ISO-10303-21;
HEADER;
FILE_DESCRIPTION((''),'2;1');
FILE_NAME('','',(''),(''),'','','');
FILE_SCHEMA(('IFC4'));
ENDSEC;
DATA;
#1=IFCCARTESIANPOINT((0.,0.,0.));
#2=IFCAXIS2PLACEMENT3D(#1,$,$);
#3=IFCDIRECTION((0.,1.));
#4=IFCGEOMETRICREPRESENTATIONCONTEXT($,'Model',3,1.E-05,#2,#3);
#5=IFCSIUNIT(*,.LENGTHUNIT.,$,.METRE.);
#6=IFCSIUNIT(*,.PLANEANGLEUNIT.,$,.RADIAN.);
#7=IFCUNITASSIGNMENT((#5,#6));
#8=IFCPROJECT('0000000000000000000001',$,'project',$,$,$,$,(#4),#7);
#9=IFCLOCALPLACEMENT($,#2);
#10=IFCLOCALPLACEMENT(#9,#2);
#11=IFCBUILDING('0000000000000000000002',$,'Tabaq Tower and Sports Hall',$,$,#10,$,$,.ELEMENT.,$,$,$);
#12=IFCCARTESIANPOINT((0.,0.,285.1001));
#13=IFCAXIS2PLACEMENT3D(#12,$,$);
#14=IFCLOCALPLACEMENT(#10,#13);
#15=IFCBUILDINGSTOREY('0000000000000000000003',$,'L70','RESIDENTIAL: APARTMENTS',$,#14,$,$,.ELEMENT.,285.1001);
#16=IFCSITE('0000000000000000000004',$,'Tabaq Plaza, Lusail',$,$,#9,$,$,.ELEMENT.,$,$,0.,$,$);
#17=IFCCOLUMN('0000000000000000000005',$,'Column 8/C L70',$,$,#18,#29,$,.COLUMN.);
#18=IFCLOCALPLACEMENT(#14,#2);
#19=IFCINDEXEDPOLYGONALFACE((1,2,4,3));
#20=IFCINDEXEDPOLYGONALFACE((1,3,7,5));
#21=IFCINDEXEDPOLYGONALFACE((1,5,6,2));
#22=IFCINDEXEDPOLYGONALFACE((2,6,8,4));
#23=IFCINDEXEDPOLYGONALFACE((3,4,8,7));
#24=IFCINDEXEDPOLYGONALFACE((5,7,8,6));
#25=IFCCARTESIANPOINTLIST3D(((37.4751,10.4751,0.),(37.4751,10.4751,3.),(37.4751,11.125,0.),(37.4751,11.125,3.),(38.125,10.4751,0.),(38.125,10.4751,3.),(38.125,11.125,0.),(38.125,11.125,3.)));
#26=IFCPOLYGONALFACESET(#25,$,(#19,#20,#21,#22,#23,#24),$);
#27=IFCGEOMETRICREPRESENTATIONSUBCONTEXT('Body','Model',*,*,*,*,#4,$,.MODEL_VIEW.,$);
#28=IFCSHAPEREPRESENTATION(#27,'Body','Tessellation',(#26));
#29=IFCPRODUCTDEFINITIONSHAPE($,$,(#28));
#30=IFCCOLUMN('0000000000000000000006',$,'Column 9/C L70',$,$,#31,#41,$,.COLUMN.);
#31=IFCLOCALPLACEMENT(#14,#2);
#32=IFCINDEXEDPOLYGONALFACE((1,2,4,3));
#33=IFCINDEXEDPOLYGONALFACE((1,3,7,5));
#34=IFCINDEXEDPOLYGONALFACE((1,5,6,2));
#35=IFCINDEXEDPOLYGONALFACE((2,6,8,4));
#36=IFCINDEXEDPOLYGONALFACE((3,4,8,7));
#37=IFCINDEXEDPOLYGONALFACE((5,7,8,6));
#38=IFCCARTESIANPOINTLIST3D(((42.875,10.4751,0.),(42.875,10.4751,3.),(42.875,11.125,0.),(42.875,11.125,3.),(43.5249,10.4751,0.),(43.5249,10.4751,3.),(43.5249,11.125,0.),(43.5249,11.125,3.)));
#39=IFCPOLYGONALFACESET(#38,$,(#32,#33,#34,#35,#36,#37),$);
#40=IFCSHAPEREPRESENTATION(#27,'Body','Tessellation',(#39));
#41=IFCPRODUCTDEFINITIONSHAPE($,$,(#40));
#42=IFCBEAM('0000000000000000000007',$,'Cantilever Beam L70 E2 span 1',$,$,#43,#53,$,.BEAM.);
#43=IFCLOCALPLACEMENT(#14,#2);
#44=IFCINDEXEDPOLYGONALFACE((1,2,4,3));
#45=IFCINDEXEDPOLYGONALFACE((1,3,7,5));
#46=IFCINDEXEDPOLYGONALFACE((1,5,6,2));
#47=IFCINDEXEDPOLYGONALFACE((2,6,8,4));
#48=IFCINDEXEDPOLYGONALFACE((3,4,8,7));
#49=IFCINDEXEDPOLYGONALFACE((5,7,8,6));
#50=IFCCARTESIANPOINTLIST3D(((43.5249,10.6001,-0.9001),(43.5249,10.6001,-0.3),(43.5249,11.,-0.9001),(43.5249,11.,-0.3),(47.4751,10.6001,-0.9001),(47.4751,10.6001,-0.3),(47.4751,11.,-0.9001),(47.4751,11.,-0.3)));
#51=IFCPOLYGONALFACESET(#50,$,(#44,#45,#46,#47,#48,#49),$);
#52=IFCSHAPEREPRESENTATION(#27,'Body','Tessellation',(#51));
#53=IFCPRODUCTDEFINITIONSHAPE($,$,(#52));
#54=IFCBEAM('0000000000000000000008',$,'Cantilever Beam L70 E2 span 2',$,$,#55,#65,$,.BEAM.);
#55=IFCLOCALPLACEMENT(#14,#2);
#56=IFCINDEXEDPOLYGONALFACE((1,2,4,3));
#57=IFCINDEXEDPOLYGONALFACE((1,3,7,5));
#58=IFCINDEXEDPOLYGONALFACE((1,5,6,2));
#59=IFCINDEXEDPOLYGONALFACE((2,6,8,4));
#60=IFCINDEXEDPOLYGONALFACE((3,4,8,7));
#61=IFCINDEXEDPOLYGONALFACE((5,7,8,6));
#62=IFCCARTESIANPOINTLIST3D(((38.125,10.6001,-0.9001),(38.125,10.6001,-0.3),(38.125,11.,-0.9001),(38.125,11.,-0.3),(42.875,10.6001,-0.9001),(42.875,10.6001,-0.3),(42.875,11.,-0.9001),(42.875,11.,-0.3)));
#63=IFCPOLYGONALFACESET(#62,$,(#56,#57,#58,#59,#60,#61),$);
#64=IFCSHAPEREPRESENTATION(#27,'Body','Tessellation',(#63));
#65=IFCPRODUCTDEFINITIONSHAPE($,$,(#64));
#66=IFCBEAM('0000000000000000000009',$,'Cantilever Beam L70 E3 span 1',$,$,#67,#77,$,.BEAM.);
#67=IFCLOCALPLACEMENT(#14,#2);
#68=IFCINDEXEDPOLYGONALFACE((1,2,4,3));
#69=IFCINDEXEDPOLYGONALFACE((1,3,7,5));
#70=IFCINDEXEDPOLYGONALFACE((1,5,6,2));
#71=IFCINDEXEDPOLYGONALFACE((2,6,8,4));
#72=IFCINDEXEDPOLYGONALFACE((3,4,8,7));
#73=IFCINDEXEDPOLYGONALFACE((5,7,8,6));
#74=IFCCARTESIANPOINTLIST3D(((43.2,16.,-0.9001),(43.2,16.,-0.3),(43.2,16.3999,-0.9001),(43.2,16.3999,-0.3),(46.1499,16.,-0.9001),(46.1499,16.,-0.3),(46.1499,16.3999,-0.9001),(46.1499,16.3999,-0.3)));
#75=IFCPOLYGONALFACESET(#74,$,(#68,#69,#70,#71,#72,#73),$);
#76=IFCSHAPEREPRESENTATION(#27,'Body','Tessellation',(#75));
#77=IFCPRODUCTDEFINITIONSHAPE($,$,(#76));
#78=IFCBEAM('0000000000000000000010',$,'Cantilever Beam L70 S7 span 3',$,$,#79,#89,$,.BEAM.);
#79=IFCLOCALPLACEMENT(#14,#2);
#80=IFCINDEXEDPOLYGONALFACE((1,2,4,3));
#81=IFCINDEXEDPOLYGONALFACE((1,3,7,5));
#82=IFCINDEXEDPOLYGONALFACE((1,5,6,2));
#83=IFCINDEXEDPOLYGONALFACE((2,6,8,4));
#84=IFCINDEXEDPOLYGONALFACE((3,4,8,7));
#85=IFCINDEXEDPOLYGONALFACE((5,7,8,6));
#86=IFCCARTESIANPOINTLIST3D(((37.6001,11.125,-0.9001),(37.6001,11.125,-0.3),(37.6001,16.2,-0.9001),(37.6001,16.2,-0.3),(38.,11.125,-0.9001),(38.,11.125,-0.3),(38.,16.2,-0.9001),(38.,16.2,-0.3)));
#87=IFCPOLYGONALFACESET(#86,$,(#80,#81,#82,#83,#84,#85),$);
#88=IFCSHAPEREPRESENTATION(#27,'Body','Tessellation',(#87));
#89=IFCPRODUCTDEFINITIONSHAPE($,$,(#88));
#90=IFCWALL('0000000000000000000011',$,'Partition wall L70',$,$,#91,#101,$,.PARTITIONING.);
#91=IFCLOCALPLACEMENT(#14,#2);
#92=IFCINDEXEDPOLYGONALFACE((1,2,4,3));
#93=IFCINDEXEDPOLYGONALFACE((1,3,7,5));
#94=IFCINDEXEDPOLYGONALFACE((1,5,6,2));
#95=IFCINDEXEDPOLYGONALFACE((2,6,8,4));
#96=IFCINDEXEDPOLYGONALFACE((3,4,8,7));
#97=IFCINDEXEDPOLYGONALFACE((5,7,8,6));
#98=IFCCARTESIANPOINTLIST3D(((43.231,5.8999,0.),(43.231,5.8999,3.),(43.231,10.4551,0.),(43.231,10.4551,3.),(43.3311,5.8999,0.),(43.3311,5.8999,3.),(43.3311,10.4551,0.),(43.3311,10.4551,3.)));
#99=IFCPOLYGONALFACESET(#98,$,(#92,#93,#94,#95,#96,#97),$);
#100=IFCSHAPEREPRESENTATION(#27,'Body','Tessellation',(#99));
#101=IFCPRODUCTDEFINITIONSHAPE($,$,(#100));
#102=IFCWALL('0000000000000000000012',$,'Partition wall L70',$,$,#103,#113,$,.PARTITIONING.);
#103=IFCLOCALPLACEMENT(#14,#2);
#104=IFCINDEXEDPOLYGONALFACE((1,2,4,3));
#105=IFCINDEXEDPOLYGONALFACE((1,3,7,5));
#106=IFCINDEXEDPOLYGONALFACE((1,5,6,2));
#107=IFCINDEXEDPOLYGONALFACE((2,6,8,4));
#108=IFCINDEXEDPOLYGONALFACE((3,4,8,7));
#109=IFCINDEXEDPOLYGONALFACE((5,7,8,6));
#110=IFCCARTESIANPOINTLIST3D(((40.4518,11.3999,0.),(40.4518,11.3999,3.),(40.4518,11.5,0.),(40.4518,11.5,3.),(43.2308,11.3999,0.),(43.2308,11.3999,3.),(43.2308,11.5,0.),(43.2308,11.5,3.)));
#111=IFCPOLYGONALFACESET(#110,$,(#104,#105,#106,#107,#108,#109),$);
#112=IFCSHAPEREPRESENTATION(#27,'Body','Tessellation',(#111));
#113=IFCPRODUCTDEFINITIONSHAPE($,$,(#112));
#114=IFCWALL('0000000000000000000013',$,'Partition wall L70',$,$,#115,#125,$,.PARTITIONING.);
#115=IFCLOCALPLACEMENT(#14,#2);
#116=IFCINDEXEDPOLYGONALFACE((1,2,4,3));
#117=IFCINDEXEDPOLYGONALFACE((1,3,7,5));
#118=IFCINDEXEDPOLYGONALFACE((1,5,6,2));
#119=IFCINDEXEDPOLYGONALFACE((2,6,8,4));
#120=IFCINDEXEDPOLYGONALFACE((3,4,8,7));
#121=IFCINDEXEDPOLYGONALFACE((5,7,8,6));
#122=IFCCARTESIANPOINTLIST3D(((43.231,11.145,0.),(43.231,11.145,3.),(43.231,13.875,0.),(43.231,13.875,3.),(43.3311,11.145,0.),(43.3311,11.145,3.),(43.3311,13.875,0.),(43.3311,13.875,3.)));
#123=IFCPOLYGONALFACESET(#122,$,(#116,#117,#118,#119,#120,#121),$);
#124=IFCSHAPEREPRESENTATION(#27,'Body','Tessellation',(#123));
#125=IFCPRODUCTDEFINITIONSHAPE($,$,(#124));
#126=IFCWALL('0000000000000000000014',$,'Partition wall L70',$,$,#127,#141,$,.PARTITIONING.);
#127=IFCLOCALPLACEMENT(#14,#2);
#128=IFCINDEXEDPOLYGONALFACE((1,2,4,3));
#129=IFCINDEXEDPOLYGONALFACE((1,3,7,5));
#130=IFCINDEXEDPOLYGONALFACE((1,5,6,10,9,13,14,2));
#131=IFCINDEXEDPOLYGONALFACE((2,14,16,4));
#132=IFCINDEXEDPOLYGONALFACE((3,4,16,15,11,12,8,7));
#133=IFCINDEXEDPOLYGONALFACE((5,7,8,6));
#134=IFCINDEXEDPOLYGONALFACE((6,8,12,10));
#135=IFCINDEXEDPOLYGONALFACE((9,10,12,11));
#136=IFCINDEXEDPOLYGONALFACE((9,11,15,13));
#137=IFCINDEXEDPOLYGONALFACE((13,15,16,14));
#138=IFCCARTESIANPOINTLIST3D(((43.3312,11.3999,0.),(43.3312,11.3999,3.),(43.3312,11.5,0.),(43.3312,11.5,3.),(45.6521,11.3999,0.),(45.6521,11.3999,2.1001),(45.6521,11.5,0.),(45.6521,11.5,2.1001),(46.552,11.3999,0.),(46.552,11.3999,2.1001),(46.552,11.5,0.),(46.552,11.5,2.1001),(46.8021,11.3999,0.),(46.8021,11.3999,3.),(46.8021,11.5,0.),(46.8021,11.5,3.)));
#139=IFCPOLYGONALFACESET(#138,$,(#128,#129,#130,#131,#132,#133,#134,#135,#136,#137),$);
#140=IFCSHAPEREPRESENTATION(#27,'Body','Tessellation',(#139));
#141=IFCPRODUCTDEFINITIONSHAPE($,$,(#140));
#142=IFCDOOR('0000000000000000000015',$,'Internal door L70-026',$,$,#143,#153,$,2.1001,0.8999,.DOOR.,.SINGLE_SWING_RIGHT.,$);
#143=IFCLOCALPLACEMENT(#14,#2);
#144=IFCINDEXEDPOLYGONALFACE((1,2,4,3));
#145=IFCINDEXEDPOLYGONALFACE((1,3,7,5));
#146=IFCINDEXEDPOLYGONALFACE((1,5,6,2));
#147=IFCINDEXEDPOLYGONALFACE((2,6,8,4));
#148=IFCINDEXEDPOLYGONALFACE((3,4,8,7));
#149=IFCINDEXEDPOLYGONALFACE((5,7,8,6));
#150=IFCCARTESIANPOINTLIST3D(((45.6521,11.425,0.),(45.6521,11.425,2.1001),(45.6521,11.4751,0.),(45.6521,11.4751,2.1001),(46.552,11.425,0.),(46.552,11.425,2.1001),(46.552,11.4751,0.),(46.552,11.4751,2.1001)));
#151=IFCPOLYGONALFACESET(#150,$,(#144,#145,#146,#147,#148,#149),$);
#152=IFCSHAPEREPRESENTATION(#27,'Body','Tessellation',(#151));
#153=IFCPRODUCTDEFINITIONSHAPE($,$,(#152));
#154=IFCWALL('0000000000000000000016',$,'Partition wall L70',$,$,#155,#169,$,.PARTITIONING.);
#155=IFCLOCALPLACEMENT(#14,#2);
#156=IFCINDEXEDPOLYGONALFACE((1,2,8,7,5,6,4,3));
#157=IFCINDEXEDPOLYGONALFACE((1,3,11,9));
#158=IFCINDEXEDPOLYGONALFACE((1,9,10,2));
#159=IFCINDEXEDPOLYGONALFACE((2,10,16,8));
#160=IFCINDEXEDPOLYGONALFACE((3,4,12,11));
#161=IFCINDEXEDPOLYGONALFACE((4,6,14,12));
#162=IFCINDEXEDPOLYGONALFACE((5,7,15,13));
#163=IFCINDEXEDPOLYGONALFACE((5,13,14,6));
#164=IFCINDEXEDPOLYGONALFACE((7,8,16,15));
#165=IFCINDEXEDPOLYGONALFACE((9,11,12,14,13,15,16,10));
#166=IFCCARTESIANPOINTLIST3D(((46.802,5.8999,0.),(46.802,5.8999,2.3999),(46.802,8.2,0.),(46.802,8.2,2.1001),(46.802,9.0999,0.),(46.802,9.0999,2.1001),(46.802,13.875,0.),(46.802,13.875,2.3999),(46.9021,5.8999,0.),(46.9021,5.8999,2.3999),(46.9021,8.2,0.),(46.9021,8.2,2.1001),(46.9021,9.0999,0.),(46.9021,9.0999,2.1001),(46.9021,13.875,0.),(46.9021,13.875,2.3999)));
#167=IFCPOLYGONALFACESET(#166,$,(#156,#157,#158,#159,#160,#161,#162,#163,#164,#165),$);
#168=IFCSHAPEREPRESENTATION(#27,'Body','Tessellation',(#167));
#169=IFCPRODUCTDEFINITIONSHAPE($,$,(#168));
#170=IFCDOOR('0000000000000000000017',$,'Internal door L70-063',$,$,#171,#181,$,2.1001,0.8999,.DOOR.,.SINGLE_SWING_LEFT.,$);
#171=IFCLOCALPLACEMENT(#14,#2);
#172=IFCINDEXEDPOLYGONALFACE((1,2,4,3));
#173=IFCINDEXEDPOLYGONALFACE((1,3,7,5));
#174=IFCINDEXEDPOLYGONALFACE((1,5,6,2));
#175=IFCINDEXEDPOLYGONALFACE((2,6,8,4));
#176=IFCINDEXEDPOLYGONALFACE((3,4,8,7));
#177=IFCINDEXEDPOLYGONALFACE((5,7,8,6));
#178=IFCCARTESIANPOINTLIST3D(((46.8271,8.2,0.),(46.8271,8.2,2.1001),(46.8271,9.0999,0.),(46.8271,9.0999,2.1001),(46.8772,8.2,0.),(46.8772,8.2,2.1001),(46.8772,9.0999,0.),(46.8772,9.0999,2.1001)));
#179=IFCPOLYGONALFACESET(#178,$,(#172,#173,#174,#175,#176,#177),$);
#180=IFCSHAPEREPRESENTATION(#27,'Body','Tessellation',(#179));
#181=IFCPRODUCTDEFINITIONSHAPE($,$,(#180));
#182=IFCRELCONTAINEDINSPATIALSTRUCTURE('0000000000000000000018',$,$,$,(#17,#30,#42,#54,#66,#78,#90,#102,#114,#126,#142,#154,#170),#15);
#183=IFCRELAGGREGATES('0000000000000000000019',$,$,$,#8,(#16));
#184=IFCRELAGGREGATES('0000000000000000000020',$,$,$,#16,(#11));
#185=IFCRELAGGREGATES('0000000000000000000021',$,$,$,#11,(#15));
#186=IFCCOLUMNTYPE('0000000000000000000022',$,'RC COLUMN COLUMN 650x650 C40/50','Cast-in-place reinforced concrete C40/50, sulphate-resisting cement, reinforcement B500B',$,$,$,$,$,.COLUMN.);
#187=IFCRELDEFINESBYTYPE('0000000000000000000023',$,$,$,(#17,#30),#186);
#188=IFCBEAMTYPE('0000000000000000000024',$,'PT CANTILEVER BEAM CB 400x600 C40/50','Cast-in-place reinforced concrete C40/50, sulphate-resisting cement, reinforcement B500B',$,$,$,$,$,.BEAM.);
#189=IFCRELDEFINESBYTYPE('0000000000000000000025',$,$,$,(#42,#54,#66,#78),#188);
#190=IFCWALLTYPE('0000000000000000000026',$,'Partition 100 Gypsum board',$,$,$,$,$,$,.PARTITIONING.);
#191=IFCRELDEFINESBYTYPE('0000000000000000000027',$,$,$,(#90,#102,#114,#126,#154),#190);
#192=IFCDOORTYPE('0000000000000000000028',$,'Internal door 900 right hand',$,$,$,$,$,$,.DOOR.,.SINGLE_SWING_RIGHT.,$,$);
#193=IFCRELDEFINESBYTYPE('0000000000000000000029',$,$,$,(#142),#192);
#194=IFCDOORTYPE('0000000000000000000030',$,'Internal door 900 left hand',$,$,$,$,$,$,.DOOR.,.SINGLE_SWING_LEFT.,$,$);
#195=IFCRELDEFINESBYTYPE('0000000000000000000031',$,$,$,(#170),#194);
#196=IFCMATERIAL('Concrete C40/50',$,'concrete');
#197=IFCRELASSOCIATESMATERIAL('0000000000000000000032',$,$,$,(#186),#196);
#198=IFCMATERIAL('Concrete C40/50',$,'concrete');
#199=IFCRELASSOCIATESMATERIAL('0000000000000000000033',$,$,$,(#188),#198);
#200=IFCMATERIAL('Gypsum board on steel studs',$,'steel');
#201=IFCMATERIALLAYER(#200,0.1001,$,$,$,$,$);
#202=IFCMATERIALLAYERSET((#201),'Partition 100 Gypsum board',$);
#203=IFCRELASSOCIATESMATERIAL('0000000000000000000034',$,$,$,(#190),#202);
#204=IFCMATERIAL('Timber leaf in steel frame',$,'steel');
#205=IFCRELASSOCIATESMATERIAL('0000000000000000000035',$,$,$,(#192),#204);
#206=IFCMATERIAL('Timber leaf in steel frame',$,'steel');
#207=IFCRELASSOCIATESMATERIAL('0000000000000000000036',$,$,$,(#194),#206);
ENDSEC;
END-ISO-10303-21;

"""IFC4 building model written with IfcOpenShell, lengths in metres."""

from ifc_helpers import new_model, si_unit, direction, frame, frame_2d, origin, origin_2d, place, context, subcontext, project, spatial, rectangle, extrude, material, layer, layer_set, material_profile, profile_set, type_object, element, fill, save


model = new_model("IFC4")

# Units and contexts
model_context = context("Model", 3, precision=1e-05, world=origin(), true_north=direction((0.0, 1.0)))
body_context = subcontext(model_context, "Body", "Model", "MODEL_VIEW")
ifc_project = project(units=[si_unit("LENGTHUNIT", "METRE"), si_unit("PLANEANGLEUNIT", "RADIAN")], contexts=[model_context])

# Site, building, storey
site_placement = place(None, origin())
site = spatial("IfcSite", under=ifc_project, at=site_placement, Name="Tabaq Plaza, Lusail", CompositionType="ELEMENT", RefElevation=0.0)
building_placement = place(site_placement, origin())
building = spatial("IfcBuilding", under=site, at=building_placement, Name="Tabaq Tower and Sports Hall", CompositionType="ELEMENT")
storey_placement = place(building_placement, frame((0.0, 0.0, 285.1001)))
storey = spatial("IfcBuildingStorey", under=building, at=storey_placement, Name="L70", Description="RESIDENTIAL: APARTMENTS", CompositionType="ELEMENT", Elevation=285.1001)

# Columns
ifc_material_1 = material(Name="Concrete C40/50", Category="concrete")
ifc_material_profile_1 = material_profile(ifc_material_1, rectangle(XDim=0.6499, YDim=0.6499, at=origin_2d()), Name="COLUMN 650x650")
ifc_profile_set_1 = profile_set([ifc_material_profile_1], Name="Concrete C40/50")
column_type = type_object("IfcColumnType", Name="RC COLUMN COLUMN 650x650 C40/50", Description="Cast-in-place reinforced concrete C40/50, sulphate-resisting cement, reinforcement B500B", PredefinedType="COLUMN", material=ifc_profile_set_1)
for number, where, z_axis, x_axis, name in (
    (1, (37.8, 10.8, 0.0), (0.0, 0.0, 1.0), (1.0, 0.0, 0.0), "Column 8/C L70"),
    (2, (43.2, 10.8, 0.0), (0.0, 0.0, 1.0), (1.0, 0.0, 0.0), "Column 9/C L70"),
):
    element("IfcColumn", number, at=place(storey_placement, frame(where, z_axis=z_axis, x_axis=x_axis)), inside=storey, type_object=column_type, Name=name, PredefinedType="COLUMN", context=body_context, shape_type="SweptSolid", body=[
        extrude(rectangle(XDim=0.6499, YDim=0.6499, at=origin_2d()), origin(), (0.0, 0.0, 1.0), 3.0),
    ])

# Beams
ifc_material_2 = material(Name="Concrete C40/50", Category="concrete")
ifc_material_profile_2 = material_profile(ifc_material_2, rectangle(XDim=0.3999, YDim=0.6001, at=origin_2d()), Name="CB 400x600")
ifc_profile_set_2 = profile_set([ifc_material_profile_2], Name="Concrete C40/50")
beam_type = type_object("IfcBeamType", Name="PT CANTILEVER BEAM CB 400x600 C40/50", Description="Cast-in-place reinforced concrete C40/50, sulphate-resisting cement, reinforcement B500B", PredefinedType="BEAM", material=ifc_profile_set_2)
beam_1_placement = place(storey_placement, frame((47.4751, 10.8, -0.6001), z_axis=(-1.0, 0.0, 0.0), x_axis=(0.0, -1.0, 0.0)))
element("IfcBeam", 3, at=beam_1_placement, inside=storey, type_object=beam_type, Name="Cantilever Beam L70 E2 span 1", PredefinedType="BEAM", context=body_context, shape_type="SweptSolid", body=[
    extrude(rectangle(XDim=0.3999, YDim=0.6001, at=origin_2d()), origin(), (0.0, 0.0, 1.0), 3.9502),
])
beam_2_placement = place(storey_placement, frame((42.875, 10.8, -0.6001), z_axis=(-1.0, 0.0, 0.0), x_axis=(0.0, -1.0, 0.0)))
element("IfcBeam", 4, at=beam_2_placement, inside=storey, type_object=beam_type, Name="Cantilever Beam L70 E2 span 2", PredefinedType="BEAM", context=body_context, shape_type="SweptSolid", body=[
    extrude(rectangle(XDim=0.3999, YDim=0.6001, at=origin_2d()), origin(), (0.0, 0.0, 1.0), 4.75),
])
beam_3_placement = place(storey_placement, frame((46.1499, 16.2, -0.6001), z_axis=(-1.0, 0.0, 0.0), x_axis=(0.0, -1.0, 0.0)))
element("IfcBeam", 5, at=beam_3_placement, inside=storey, type_object=beam_type, Name="Cantilever Beam L70 E3 span 1", PredefinedType="BEAM", context=body_context, shape_type="SweptSolid", body=[
    extrude(rectangle(XDim=0.3999, YDim=0.6001, at=origin_2d()), origin(), (0.0, 0.0, 1.0), 2.95),
])
beam_4_placement = place(storey_placement, frame((37.8, 11.125, -0.6001), z_axis=(0.0, 1.0, 0.0), x_axis=(-1.0, 0.0, 0.0)))
element("IfcBeam", 6, at=beam_4_placement, inside=storey, type_object=beam_type, Name="Cantilever Beam L70 S7 span 3", PredefinedType="BEAM", context=body_context, shape_type="SweptSolid", body=[
    extrude(rectangle(XDim=0.3999, YDim=0.6001, at=origin_2d()), origin(), (0.0, 0.0, 1.0), 5.075),
])

# Walls
ifc_material_3 = material(Name="Gypsum board on steel studs", Category="steel")
ifc_layer_1 = layer(ifc_material_3, 0.1001)
ifc_layer_set_1 = layer_set([ifc_layer_1], Name="Partition 100 Gypsum board")
wall_type_1 = type_object("IfcWallType", Name="Partition 100 Gypsum board", PredefinedType="PARTITIONING", material=ifc_layer_set_1)
wall_1_placement = place(storey_placement, frame((43.281, 5.8999, 0.0), z_axis=(0.0, 0.0, 1.0), x_axis=(0.0, 1.0, 0.0)))
element("IfcWall", 7, at=wall_1_placement, inside=storey, type_object=wall_type_1, Name="Partition wall L70", PredefinedType="PARTITIONING", context=body_context, shape_type="SweptSolid", body=[
    extrude(rectangle(XDim=4.5552, YDim=0.1001, at=frame_2d((2.2776, 0.0))), origin(), (0.0, 0.0, 1.0), 3.0),
])
wall_2_placement = place(storey_placement, frame((43.231, 11.45, 0.0), z_axis=(0.0, 0.0, 1.0), x_axis=(-1.0, 0.0, 0.0)))
element("IfcWall", 8, at=wall_2_placement, inside=storey, type_object=wall_type_1, Name="Partition wall L70", PredefinedType="PARTITIONING", context=body_context, shape_type="SweptSolid", body=[
    extrude(rectangle(XDim=2.7791, YDim=0.1001, at=frame_2d((1.3896, 0.0))), origin(), (0.0, 0.0, 1.0), 3.0),
])
wall_3_placement = place(storey_placement, frame((43.281, 11.145, 0.0), z_axis=(0.0, 0.0, 1.0), x_axis=(0.0, 1.0, 0.0)))
element("IfcWall", 9, at=wall_3_placement, inside=storey, type_object=wall_type_1, Name="Partition wall L70", PredefinedType="PARTITIONING", context=body_context, shape_type="SweptSolid", body=[
    extrude(rectangle(XDim=2.73, YDim=0.1001, at=frame_2d((1.365, 0.0))), origin(), (0.0, 0.0, 1.0), 3.0),
])

# Walls, openings, doors
wall_4_placement = place(storey_placement, frame((46.802, 11.45, 0.0), z_axis=(0.0, 0.0, 1.0), x_axis=(-1.0, 0.0, 0.0)))
wall_4 = element("IfcWall", 10, at=wall_4_placement, inside=storey, type_object=wall_type_1, Name="Partition wall L70", PredefinedType="PARTITIONING", context=body_context, shape_type="SweptSolid", body=[
    extrude(rectangle(XDim=3.4709, YDim=0.1001, at=frame_2d((1.7354, 0.0))), origin(), (0.0, 0.0, 1.0), 3.0),
])
opening_1_placement = place(wall_4_placement, frame((0.25, 0.0, 0.0)))
opening_1 = element("IfcOpeningElement", 11, at=opening_1_placement, cuts=wall_4, PredefinedType="OPENING", context=body_context, shape_type="SweptSolid", body=[
    extrude(rectangle(XDim=0.8999, YDim=2.1001, at=frame_2d((0.45, 1.05))), frame((0.0, 0.05, 0.0), z_axis=(0.0, -1.0, 0.0), x_axis=(1.0, 0.0, 0.0)), (0.0, 0.0, 1.0), 0.1001),
])
ifc_material_4 = material(Name="Timber leaf in steel frame", Category="steel")
door_type_1 = type_object("IfcDoorType", Name="Internal door 900 right hand", OperationType="SINGLE_SWING_RIGHT", PredefinedType="DOOR", material=ifc_material_4)
door_1_placement = place(opening_1_placement, origin())
door_1 = element("IfcDoor", 12, at=door_1_placement, inside=storey, type_object=door_type_1, Name="Internal door L70-026", OperationType="SINGLE_SWING_RIGHT", OverallHeight=2.1001, OverallWidth=0.8999, PredefinedType="DOOR", context=body_context, shape_type="SweptSolid", body=[
    extrude(rectangle(XDim=0.8999, YDim=2.1001, at=frame_2d((0.45, 1.05))), frame((0.0, 0.0249, 0.0), z_axis=(0.0, -1.0, 0.0), x_axis=(1.0, 0.0, 0.0)), (0.0, 0.0, 1.0), 0.05),
])
fill(opening_1, door_1)
wall_5_placement = place(storey_placement, frame((46.8521, 5.8999, 0.0), z_axis=(0.0, 0.0, 1.0), x_axis=(0.0, 1.0, 0.0)))
wall_5 = element("IfcWall", 13, at=wall_5_placement, inside=storey, type_object=wall_type_1, Name="Partition wall L70", PredefinedType="PARTITIONING", context=body_context, shape_type="SweptSolid", body=[
    extrude(rectangle(XDim=7.9751, YDim=0.1001, at=frame_2d((3.9875, 0.0))), origin(), (0.0, 0.0, 1.0), 2.3999),
])
opening_2_placement = place(wall_5_placement, frame((2.3, 0.0, 0.0)))
opening_2 = element("IfcOpeningElement", 14, at=opening_2_placement, cuts=wall_5, PredefinedType="OPENING", context=body_context, shape_type="SweptSolid", body=[
    extrude(rectangle(XDim=0.8999, YDim=2.1001, at=frame_2d((0.45, 1.05))), frame((0.0, 0.05, 0.0), z_axis=(0.0, -1.0, 0.0), x_axis=(1.0, 0.0, 0.0)), (0.0, 0.0, 1.0), 0.1001),
])
ifc_material_5 = material(Name="Timber leaf in steel frame", Category="steel")
door_type_2 = type_object("IfcDoorType", Name="Internal door 900 left hand", OperationType="SINGLE_SWING_LEFT", PredefinedType="DOOR", material=ifc_material_5)
door_2_placement = place(opening_2_placement, origin())
door_2 = element("IfcDoor", 15, at=door_2_placement, inside=storey, type_object=door_type_2, Name="Internal door L70-063", OperationType="SINGLE_SWING_LEFT", OverallHeight=2.1001, OverallWidth=0.8999, PredefinedType="DOOR", context=body_context, shape_type="SweptSolid", body=[
    extrude(rectangle(XDim=0.8999, YDim=2.1001, at=frame_2d((0.45, 1.05))), frame((0.0, 0.0249, 0.0), z_axis=(0.0, -1.0, 0.0), x_axis=(1.0, 0.0, 0.0)), (0.0, 0.0, 1.0), 0.05),
])
fill(opening_2, door_2)

save(model, "model.ifc")
